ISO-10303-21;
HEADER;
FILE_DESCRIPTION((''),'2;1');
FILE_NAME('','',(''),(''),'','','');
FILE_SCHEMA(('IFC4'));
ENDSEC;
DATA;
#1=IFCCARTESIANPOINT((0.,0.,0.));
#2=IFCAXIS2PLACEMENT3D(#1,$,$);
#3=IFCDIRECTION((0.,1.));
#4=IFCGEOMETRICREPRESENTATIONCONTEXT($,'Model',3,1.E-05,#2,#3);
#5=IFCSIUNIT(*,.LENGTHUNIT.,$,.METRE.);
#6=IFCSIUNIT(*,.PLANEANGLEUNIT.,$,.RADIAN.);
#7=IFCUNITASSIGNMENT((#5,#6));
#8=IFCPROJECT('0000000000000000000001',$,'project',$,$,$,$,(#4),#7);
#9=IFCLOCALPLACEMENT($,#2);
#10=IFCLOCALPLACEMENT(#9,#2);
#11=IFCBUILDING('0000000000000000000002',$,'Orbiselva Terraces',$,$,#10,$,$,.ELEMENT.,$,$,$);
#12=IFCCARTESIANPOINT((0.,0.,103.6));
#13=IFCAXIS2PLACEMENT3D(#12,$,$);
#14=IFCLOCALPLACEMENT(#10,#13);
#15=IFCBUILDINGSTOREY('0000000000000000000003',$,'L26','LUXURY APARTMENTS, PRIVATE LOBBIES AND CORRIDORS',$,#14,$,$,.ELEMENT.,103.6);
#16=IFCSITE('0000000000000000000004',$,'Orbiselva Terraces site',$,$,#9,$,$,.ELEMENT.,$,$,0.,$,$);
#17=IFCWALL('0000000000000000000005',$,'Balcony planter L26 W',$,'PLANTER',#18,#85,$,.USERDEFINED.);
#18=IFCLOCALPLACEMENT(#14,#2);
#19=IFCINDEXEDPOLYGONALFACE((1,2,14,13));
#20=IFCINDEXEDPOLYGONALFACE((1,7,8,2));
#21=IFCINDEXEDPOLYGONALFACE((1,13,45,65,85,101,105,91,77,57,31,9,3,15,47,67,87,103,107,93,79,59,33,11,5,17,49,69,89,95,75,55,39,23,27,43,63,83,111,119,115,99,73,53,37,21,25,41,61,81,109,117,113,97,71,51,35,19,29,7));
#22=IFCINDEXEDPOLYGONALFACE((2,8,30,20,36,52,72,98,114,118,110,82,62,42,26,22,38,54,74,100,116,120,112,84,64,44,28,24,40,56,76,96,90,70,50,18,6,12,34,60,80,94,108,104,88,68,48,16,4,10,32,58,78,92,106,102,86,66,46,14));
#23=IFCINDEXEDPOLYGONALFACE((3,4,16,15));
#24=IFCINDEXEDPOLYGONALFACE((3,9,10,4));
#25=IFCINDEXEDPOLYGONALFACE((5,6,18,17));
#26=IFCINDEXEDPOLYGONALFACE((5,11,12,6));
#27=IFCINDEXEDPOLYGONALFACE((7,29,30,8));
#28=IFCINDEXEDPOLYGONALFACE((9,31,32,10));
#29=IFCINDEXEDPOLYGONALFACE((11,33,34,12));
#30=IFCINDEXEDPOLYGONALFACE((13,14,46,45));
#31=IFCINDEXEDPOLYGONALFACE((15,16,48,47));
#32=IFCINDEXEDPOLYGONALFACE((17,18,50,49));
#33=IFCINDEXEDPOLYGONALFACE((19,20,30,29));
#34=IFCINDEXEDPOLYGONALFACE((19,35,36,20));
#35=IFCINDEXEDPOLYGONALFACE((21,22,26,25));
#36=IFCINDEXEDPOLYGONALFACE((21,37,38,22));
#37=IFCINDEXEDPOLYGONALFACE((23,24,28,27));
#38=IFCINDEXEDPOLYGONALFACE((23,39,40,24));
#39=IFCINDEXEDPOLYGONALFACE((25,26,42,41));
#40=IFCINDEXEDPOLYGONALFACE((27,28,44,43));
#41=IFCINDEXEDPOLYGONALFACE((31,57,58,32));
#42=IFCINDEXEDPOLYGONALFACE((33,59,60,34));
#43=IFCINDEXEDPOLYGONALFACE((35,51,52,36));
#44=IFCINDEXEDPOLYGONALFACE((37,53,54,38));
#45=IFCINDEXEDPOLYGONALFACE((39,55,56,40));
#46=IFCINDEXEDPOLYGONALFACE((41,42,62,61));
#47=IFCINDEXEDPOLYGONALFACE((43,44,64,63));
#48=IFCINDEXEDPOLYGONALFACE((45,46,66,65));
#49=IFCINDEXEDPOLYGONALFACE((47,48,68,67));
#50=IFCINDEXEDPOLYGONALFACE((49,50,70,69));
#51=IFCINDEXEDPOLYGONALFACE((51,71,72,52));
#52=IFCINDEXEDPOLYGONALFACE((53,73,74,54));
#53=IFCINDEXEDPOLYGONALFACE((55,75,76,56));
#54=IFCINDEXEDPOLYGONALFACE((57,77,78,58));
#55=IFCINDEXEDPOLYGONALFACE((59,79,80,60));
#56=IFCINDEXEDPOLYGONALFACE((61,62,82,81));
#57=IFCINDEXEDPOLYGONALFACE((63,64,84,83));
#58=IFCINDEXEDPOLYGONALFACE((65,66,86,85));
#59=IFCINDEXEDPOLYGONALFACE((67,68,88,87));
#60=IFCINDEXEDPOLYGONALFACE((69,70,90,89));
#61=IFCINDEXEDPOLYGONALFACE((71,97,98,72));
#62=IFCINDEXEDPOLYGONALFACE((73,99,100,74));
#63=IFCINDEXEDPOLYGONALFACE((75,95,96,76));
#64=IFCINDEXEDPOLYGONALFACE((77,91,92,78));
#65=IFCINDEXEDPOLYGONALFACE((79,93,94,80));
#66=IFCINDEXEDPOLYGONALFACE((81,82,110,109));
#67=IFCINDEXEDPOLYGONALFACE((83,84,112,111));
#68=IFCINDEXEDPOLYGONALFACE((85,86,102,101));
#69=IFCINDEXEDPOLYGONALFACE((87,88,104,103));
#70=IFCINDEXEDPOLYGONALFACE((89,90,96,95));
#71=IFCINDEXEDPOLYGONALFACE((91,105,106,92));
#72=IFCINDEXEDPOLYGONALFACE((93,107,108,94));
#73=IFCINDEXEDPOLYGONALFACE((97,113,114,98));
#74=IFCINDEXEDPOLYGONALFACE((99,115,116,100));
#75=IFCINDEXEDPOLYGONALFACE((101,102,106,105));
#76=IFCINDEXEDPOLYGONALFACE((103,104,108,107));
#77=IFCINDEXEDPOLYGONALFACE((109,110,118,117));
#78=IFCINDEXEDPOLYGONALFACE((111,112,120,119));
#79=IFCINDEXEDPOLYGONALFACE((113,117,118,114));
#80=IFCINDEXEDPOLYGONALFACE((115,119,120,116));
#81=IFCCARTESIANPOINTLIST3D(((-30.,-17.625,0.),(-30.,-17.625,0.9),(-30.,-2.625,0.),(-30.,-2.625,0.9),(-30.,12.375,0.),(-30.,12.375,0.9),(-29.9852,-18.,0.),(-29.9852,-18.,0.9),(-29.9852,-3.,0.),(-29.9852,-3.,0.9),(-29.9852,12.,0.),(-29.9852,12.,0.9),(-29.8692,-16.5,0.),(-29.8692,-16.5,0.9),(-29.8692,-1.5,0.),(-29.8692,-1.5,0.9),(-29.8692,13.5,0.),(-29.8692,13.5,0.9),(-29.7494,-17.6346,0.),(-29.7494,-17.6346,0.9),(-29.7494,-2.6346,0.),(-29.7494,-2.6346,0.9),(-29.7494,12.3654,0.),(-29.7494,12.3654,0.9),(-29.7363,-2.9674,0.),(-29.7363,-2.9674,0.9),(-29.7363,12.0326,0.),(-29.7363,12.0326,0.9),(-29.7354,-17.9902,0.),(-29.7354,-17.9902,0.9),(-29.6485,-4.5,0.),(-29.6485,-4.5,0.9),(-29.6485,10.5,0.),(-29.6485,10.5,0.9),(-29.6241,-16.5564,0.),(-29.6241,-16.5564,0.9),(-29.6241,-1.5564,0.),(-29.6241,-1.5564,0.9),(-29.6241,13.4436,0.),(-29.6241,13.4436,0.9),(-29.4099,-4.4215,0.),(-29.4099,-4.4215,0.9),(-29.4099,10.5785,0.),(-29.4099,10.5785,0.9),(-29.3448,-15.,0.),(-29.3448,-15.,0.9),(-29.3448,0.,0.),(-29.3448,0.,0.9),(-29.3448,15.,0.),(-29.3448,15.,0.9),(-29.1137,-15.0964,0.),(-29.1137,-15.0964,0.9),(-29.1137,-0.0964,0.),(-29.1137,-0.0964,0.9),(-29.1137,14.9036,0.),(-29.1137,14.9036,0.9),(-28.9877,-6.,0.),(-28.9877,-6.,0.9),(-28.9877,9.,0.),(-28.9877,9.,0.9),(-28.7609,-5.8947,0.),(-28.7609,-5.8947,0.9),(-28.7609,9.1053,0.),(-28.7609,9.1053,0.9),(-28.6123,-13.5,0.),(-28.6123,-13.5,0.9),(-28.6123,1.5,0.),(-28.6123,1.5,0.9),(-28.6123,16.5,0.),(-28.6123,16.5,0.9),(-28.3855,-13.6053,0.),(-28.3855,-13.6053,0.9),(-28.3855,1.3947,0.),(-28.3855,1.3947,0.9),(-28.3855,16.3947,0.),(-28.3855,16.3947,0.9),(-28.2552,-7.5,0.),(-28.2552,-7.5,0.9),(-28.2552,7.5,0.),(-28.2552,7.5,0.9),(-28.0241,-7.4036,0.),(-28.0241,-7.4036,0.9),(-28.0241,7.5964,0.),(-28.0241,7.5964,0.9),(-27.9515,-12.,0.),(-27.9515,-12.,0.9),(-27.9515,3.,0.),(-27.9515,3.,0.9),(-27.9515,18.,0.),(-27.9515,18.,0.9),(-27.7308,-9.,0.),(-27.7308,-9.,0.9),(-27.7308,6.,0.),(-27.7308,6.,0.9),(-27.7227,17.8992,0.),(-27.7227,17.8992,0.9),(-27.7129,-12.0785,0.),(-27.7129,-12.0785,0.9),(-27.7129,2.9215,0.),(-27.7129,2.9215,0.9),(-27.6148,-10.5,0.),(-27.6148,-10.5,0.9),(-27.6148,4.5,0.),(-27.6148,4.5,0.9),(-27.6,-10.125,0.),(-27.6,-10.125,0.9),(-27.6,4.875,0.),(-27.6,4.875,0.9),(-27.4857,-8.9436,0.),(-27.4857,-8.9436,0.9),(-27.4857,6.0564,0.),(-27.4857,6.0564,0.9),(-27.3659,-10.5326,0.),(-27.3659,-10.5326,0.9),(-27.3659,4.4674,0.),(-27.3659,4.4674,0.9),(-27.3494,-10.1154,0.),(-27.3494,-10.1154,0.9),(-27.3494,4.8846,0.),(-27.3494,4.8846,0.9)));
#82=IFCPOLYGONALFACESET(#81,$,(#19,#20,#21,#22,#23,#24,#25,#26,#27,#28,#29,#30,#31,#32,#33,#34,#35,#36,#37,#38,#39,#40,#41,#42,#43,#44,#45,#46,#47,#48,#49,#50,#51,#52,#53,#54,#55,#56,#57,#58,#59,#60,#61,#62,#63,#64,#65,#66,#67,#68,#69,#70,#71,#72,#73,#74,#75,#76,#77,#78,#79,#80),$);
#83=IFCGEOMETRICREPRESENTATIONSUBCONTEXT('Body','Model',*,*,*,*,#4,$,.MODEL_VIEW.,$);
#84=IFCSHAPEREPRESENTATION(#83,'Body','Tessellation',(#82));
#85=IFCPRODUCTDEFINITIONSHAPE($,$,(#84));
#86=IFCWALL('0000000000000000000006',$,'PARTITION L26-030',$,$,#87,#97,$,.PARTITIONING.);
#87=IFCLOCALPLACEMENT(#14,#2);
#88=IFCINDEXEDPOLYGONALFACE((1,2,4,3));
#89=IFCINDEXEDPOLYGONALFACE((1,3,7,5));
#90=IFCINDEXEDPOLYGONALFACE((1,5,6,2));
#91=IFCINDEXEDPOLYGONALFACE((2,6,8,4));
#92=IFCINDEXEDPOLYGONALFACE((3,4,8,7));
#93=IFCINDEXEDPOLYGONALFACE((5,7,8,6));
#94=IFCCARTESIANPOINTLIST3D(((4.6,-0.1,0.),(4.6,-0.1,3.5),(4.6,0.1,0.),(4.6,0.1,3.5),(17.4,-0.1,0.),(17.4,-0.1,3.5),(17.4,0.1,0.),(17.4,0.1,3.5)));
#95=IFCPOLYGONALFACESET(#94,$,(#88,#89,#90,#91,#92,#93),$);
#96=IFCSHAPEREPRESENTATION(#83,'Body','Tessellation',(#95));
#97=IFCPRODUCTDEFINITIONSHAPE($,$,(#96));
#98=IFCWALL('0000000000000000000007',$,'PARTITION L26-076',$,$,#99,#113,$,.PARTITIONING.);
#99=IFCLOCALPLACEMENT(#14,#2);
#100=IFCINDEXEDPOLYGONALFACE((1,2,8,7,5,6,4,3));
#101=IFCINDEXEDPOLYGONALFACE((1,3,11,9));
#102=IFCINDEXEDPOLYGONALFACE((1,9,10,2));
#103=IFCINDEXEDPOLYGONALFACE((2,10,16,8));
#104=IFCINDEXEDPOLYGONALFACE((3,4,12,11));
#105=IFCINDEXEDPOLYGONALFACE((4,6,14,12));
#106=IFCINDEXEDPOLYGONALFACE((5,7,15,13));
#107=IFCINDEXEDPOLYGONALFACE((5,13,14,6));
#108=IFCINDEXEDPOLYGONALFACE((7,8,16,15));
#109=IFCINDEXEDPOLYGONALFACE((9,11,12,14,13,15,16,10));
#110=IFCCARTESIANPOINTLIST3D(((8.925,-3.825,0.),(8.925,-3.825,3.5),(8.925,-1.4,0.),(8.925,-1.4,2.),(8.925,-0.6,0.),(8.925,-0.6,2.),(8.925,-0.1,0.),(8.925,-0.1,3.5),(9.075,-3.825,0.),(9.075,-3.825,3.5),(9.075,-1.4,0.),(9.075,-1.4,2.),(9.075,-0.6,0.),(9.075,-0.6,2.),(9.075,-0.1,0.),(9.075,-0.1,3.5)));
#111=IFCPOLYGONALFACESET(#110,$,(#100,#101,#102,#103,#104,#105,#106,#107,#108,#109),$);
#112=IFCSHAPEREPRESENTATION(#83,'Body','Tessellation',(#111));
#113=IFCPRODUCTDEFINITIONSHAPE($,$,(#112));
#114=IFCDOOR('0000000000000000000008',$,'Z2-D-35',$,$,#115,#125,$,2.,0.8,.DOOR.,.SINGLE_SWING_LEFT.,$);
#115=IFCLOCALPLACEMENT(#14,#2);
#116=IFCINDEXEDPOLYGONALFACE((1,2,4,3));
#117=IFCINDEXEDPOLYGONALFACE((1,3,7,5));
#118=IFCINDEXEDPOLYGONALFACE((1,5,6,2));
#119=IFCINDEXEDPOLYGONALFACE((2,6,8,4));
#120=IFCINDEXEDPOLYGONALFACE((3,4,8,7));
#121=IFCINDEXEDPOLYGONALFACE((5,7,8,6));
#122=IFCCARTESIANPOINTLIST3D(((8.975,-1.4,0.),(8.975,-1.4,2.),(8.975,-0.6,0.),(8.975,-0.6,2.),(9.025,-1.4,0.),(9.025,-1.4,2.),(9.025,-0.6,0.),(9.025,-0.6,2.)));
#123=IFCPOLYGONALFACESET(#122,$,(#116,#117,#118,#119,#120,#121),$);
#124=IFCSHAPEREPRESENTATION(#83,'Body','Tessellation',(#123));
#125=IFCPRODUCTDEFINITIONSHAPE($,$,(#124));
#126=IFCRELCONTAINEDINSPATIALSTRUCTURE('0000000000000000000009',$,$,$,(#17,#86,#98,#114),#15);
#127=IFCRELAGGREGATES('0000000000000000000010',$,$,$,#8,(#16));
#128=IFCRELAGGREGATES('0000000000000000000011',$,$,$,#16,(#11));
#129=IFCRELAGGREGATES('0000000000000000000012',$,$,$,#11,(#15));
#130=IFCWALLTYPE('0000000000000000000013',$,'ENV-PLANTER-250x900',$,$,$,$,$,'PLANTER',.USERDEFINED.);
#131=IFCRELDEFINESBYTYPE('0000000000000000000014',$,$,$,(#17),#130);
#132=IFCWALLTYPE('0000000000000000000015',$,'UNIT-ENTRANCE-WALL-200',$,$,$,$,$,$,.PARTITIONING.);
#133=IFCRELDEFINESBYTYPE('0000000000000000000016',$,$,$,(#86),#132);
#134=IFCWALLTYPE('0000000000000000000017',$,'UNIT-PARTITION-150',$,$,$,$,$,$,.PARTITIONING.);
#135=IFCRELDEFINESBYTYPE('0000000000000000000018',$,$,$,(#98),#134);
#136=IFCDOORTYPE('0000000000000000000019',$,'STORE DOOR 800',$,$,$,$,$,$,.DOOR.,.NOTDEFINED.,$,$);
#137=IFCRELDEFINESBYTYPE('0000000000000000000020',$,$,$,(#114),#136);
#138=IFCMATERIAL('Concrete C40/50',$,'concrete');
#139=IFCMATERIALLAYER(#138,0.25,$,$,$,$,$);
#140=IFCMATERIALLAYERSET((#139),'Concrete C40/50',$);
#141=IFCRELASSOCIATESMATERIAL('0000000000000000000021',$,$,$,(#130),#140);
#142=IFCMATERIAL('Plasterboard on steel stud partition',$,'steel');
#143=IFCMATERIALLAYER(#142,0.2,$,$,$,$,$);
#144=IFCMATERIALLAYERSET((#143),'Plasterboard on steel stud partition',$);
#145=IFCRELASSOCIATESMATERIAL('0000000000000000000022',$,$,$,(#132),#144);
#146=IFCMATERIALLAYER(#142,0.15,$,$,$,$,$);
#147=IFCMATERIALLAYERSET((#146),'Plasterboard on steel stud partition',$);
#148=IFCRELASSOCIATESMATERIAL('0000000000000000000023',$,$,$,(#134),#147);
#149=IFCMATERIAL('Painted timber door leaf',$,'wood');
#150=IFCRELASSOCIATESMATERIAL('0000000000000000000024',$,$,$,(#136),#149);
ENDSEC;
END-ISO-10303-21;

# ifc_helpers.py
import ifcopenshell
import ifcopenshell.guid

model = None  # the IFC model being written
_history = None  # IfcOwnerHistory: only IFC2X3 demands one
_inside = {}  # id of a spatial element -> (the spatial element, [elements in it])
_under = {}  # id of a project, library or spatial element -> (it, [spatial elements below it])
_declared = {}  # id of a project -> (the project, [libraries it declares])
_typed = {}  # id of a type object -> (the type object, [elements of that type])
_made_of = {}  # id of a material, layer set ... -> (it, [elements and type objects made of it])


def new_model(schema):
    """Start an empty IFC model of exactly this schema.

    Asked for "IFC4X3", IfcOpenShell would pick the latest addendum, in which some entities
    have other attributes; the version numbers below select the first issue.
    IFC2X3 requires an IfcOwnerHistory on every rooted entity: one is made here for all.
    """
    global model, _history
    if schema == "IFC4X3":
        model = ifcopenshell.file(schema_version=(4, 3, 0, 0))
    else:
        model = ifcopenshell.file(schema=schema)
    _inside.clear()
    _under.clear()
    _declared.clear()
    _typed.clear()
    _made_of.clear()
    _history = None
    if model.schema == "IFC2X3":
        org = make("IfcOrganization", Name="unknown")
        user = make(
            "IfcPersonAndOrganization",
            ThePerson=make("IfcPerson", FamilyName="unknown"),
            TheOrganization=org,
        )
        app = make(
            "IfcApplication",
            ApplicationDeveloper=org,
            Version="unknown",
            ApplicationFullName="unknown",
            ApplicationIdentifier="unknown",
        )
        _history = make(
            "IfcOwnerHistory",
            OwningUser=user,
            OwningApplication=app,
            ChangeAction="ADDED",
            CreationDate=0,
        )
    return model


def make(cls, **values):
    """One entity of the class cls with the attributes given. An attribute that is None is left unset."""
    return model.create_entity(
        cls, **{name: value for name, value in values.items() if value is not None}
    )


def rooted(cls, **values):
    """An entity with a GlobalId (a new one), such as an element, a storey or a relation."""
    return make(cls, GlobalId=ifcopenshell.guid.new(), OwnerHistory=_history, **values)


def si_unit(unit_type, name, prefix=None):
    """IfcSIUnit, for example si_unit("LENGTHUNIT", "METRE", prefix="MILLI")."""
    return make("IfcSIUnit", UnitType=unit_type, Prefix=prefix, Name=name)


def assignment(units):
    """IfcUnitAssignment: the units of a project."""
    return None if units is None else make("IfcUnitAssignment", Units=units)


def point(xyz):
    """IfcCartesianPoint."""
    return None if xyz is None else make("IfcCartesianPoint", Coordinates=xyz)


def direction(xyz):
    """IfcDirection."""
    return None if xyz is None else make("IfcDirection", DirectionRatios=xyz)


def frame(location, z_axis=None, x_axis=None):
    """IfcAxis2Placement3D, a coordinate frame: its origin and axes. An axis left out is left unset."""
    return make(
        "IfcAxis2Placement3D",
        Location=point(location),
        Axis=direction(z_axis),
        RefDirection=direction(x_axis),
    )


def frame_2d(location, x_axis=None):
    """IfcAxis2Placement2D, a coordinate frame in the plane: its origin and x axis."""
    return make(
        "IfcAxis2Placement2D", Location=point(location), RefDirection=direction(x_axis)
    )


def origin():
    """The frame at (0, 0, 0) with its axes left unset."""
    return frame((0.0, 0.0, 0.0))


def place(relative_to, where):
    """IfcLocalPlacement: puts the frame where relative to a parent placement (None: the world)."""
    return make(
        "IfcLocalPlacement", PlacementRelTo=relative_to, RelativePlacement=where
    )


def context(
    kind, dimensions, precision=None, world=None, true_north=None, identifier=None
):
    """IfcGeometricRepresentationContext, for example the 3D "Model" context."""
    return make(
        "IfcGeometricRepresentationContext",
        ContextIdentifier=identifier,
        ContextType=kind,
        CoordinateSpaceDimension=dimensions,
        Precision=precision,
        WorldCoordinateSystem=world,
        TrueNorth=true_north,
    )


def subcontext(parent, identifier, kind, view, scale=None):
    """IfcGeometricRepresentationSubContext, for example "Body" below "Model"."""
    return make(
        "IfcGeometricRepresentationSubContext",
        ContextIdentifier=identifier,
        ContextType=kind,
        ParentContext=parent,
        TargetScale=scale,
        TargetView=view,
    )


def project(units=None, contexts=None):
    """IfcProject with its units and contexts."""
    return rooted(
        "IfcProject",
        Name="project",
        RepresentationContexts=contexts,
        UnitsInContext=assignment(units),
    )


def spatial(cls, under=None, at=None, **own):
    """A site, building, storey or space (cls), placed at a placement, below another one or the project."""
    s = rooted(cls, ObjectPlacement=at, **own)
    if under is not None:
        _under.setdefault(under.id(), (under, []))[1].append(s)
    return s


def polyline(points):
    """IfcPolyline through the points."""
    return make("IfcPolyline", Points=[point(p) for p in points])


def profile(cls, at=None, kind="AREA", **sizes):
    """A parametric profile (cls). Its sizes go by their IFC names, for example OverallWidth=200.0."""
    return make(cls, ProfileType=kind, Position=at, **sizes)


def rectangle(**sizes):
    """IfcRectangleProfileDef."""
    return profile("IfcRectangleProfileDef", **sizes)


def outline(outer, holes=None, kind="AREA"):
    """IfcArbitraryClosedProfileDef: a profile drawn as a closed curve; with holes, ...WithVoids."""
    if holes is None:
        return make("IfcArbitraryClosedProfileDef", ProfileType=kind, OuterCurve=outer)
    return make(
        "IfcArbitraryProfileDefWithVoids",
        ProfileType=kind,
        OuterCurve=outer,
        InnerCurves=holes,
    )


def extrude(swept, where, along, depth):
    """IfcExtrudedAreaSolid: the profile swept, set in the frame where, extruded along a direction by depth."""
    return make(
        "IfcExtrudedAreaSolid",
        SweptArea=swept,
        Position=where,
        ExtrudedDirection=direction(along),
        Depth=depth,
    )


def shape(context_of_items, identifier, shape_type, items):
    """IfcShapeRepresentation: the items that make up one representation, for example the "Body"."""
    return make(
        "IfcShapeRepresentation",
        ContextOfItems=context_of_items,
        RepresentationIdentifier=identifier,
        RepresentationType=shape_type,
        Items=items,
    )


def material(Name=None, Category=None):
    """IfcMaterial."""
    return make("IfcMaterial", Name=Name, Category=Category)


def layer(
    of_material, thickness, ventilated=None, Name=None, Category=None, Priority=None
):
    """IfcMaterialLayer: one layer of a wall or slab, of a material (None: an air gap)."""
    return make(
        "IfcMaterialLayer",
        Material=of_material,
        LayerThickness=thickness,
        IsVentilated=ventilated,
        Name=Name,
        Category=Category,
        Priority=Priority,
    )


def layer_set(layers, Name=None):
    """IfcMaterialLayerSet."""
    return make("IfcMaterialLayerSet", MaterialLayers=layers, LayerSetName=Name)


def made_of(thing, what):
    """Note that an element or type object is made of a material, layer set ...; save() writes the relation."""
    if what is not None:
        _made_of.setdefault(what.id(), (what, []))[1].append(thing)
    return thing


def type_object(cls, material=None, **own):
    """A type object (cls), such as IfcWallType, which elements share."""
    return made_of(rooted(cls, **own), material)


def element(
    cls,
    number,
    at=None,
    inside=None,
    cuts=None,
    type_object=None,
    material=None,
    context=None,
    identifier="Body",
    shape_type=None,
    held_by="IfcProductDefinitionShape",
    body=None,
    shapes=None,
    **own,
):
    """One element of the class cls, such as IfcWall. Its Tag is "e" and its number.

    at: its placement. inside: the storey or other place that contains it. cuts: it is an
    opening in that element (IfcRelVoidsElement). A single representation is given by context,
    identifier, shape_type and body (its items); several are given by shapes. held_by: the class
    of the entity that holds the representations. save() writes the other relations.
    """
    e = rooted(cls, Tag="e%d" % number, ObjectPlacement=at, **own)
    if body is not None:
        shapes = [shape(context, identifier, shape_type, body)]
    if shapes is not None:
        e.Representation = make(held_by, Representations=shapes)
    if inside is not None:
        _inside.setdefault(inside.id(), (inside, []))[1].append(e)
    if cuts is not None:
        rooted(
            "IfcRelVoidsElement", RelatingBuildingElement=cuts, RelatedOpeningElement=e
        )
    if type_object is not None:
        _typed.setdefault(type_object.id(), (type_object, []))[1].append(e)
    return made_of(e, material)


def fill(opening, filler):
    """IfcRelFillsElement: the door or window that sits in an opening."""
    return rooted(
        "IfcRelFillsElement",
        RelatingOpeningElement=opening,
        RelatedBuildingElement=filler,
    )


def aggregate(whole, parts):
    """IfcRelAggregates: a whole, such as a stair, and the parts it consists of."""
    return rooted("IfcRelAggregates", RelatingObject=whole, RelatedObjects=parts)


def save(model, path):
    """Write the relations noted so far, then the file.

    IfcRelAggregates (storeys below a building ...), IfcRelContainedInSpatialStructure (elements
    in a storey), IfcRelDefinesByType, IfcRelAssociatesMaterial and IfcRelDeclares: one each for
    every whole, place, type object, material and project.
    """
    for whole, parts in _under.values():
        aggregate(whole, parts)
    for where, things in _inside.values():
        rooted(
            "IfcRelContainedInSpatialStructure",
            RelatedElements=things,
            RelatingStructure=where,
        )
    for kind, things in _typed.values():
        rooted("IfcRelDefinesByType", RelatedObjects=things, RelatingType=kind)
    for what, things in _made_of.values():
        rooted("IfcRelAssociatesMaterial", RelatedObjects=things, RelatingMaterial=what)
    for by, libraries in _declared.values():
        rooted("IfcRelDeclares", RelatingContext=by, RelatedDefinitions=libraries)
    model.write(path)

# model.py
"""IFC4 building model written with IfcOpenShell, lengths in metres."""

from ifc_helpers import new_model, si_unit, direction, frame, frame_2d, origin, place, context, subcontext, project, spatial, polyline, rectangle, outline, extrude, material, layer, layer_set, type_object, element, fill, save


model = new_model("IFC4")

# Units and contexts
model_context = context("Model", 3, precision=1e-05, world=origin(), true_north=direction((0.0, 1.0)))
body_context = subcontext(model_context, "Body", "Model", "MODEL_VIEW")
ifc_project = project(units=[si_unit("LENGTHUNIT", "METRE"), si_unit("PLANEANGLEUNIT", "RADIAN")], contexts=[model_context])

# Site, building, storey
site_placement = place(None, origin())
site = spatial("IfcSite", under=ifc_project, at=site_placement, Name="Orbiselva Terraces site", CompositionType="ELEMENT", RefElevation=0.0)
building_placement = place(site_placement, origin())
building = spatial("IfcBuilding", under=site, at=building_placement, Name="Orbiselva Terraces", CompositionType="ELEMENT")
storey_placement = place(building_placement, frame((0.0, 0.0, 103.6)))
storey = spatial("IfcBuildingStorey", under=building, at=storey_placement, Name="L26", Description="LUXURY APARTMENTS, PRIVATE LOBBIES AND CORRIDORS", CompositionType="ELEMENT", Elevation=103.6)

# Shared definitions
ifc_material_1 = material(Name="Concrete C40/50", Category="concrete")

# Walls
ifc_layer_1 = layer(ifc_material_1, 0.25)
ifc_layer_set_1 = layer_set([ifc_layer_1], Name="Concrete C40/50")
wall_type_1 = type_object("IfcWallType", Name="ENV-PLANTER-250x900", ElementType="PLANTER", PredefinedType="USERDEFINED", material=ifc_layer_set_1)
wall_1_placement = place(storey_placement, origin())
element("IfcWall", 1, at=wall_1_placement, inside=storey, type_object=wall_type_1, Name="Balcony planter L26 W", ObjectType="PLANTER", PredefinedType="USERDEFINED", context=body_context, shape_type="SweptSolid", body=[
    extrude(outline(polyline([(-27.9515, 18.0), (-28.6123, 16.5), (-29.3448, 15.0), (-29.8692, 13.5), (-30.0, 12.375), (-29.9852, 12.0), (-29.6485, 10.5), (-28.9877, 9.0), (-28.2552, 7.5), (-27.7308, 6.0), (-27.6, 4.875), (-27.6148, 4.5), (-27.9515, 3.0), (-28.6123, 1.5), (-29.3448, 0.0), (-29.8692, -1.5), (-30.0, -2.625), (-29.9852, -3.0), (-29.6485, -4.5), (-28.9877, -6.0), (-28.2552, -7.5), (-27.7308, -9.0), (-27.6, -10.125), (-27.6148, -10.5), (-27.9515, -12.0), (-28.6123, -13.5), (-29.3448, -15.0), (-29.8692, -16.5), (-30.0, -17.625), (-29.9852, -18.0), (-29.7354, -17.9902), (-29.7494, -17.6346), (-29.6241, -16.5564), (-29.1137, -15.0964), (-28.3855, -13.6053), (-27.7129, -12.0785), (-27.3659, -10.5326), (-27.3494, -10.1154), (-27.4857, -8.9436), (-28.0241, -7.4036), (-28.7609, -5.8947), (-29.4099, -4.4215), (-29.7363, -2.9674), (-29.7494, -2.6346), (-29.6241, -1.5564), (-29.1137, -0.0964), (-28.3855, 1.3947), (-27.7129, 2.9215), (-27.3659, 4.4674), (-27.3494, 4.8846), (-27.4857, 6.0564), (-28.0241, 7.5964), (-28.7609, 9.1053), (-29.4099, 10.5785), (-29.7363, 12.0326), (-29.7494, 12.3654), (-29.6241, 13.4436), (-29.1137, 14.9036), (-28.3855, 16.3947), (-27.7227, 17.8992), (-27.9515, 18.0)])), origin(), (0.0, 0.0, 1.0), 0.9),
])
ifc_material_2 = material(Name="Plasterboard on steel stud partition", Category="steel")
ifc_layer_2 = layer(ifc_material_2, 0.2)
ifc_layer_set_2 = layer_set([ifc_layer_2], Name="Plasterboard on steel stud partition")
wall_type_2 = type_object("IfcWallType", Name="UNIT-ENTRANCE-WALL-200", PredefinedType="PARTITIONING", material=ifc_layer_set_2)
wall_2_placement = place(storey_placement, frame((4.6, 0.0, 0.0), z_axis=(0.0, 0.0, 1.0), x_axis=(1.0, 0.0, 0.0)))
element("IfcWall", 2, at=wall_2_placement, inside=storey, type_object=wall_type_2, Name="PARTITION L26-030", PredefinedType="PARTITIONING", context=body_context, shape_type="SweptSolid", body=[
    extrude(rectangle(XDim=12.8, YDim=0.2, at=frame_2d((6.4, 0.0))), origin(), (0.0, 0.0, 1.0), 3.5),
])

# Wall, opening, door
ifc_layer_3 = layer(ifc_material_2, 0.15)
ifc_layer_set_3 = layer_set([ifc_layer_3], Name="Plasterboard on steel stud partition")
wall_type_3 = type_object("IfcWallType", Name="UNIT-PARTITION-150", PredefinedType="PARTITIONING", material=ifc_layer_set_3)
wall_3_placement = place(storey_placement, frame((9.0, -0.1, 0.0), z_axis=(0.0, 0.0, 1.0), x_axis=(0.0, -1.0, 0.0)))
wall_3 = element("IfcWall", 3, at=wall_3_placement, inside=storey, type_object=wall_type_3, Name="PARTITION L26-076", PredefinedType="PARTITIONING", context=body_context, shape_type="SweptSolid", body=[
    extrude(rectangle(XDim=3.725, YDim=0.15, at=frame_2d((1.8625, 0.0))), origin(), (0.0, 0.0, 1.0), 3.5),
])
opening_placement = place(wall_3_placement, frame((0.5, 0.0, 0.0)))
opening = element("IfcOpeningElement", 4, at=opening_placement, cuts=wall_3, PredefinedType="OPENING", context=body_context, shape_type="SweptSolid", body=[
    extrude(rectangle(XDim=0.8, YDim=2.0, at=frame_2d((0.4, 1.0))), frame((0.0, 0.085, 0.0), z_axis=(0.0, -1.0, 0.0), x_axis=(1.0, 0.0, 0.0)), (0.0, 0.0, 1.0), 0.17),
])
ifc_material_3 = material(Name="Painted timber door leaf", Category="wood")
door_type = type_object("IfcDoorType", Name="STORE DOOR 800", OperationType="NOTDEFINED", PredefinedType="DOOR", material=ifc_material_3)
door_placement = place(opening_placement, origin())
door = element("IfcDoor", 5, at=door_placement, inside=storey, type_object=door_type, Name="Z2-D-35", OperationType="SINGLE_SWING_LEFT", OverallHeight=2.0, OverallWidth=0.8, PredefinedType="DOOR", context=body_context, shape_type="SweptSolid", body=[
    extrude(rectangle(XDim=0.8, YDim=2.0, at=frame_2d((0.4, 1.0))), frame((0.0, 0.025, 0.0), z_axis=(0.0, -1.0, 0.0), x_axis=(1.0, 0.0, 0.0)), (0.0, 0.0, 1.0), 0.05),
])
fill(opening, door)

save(model, "model.ifc")
